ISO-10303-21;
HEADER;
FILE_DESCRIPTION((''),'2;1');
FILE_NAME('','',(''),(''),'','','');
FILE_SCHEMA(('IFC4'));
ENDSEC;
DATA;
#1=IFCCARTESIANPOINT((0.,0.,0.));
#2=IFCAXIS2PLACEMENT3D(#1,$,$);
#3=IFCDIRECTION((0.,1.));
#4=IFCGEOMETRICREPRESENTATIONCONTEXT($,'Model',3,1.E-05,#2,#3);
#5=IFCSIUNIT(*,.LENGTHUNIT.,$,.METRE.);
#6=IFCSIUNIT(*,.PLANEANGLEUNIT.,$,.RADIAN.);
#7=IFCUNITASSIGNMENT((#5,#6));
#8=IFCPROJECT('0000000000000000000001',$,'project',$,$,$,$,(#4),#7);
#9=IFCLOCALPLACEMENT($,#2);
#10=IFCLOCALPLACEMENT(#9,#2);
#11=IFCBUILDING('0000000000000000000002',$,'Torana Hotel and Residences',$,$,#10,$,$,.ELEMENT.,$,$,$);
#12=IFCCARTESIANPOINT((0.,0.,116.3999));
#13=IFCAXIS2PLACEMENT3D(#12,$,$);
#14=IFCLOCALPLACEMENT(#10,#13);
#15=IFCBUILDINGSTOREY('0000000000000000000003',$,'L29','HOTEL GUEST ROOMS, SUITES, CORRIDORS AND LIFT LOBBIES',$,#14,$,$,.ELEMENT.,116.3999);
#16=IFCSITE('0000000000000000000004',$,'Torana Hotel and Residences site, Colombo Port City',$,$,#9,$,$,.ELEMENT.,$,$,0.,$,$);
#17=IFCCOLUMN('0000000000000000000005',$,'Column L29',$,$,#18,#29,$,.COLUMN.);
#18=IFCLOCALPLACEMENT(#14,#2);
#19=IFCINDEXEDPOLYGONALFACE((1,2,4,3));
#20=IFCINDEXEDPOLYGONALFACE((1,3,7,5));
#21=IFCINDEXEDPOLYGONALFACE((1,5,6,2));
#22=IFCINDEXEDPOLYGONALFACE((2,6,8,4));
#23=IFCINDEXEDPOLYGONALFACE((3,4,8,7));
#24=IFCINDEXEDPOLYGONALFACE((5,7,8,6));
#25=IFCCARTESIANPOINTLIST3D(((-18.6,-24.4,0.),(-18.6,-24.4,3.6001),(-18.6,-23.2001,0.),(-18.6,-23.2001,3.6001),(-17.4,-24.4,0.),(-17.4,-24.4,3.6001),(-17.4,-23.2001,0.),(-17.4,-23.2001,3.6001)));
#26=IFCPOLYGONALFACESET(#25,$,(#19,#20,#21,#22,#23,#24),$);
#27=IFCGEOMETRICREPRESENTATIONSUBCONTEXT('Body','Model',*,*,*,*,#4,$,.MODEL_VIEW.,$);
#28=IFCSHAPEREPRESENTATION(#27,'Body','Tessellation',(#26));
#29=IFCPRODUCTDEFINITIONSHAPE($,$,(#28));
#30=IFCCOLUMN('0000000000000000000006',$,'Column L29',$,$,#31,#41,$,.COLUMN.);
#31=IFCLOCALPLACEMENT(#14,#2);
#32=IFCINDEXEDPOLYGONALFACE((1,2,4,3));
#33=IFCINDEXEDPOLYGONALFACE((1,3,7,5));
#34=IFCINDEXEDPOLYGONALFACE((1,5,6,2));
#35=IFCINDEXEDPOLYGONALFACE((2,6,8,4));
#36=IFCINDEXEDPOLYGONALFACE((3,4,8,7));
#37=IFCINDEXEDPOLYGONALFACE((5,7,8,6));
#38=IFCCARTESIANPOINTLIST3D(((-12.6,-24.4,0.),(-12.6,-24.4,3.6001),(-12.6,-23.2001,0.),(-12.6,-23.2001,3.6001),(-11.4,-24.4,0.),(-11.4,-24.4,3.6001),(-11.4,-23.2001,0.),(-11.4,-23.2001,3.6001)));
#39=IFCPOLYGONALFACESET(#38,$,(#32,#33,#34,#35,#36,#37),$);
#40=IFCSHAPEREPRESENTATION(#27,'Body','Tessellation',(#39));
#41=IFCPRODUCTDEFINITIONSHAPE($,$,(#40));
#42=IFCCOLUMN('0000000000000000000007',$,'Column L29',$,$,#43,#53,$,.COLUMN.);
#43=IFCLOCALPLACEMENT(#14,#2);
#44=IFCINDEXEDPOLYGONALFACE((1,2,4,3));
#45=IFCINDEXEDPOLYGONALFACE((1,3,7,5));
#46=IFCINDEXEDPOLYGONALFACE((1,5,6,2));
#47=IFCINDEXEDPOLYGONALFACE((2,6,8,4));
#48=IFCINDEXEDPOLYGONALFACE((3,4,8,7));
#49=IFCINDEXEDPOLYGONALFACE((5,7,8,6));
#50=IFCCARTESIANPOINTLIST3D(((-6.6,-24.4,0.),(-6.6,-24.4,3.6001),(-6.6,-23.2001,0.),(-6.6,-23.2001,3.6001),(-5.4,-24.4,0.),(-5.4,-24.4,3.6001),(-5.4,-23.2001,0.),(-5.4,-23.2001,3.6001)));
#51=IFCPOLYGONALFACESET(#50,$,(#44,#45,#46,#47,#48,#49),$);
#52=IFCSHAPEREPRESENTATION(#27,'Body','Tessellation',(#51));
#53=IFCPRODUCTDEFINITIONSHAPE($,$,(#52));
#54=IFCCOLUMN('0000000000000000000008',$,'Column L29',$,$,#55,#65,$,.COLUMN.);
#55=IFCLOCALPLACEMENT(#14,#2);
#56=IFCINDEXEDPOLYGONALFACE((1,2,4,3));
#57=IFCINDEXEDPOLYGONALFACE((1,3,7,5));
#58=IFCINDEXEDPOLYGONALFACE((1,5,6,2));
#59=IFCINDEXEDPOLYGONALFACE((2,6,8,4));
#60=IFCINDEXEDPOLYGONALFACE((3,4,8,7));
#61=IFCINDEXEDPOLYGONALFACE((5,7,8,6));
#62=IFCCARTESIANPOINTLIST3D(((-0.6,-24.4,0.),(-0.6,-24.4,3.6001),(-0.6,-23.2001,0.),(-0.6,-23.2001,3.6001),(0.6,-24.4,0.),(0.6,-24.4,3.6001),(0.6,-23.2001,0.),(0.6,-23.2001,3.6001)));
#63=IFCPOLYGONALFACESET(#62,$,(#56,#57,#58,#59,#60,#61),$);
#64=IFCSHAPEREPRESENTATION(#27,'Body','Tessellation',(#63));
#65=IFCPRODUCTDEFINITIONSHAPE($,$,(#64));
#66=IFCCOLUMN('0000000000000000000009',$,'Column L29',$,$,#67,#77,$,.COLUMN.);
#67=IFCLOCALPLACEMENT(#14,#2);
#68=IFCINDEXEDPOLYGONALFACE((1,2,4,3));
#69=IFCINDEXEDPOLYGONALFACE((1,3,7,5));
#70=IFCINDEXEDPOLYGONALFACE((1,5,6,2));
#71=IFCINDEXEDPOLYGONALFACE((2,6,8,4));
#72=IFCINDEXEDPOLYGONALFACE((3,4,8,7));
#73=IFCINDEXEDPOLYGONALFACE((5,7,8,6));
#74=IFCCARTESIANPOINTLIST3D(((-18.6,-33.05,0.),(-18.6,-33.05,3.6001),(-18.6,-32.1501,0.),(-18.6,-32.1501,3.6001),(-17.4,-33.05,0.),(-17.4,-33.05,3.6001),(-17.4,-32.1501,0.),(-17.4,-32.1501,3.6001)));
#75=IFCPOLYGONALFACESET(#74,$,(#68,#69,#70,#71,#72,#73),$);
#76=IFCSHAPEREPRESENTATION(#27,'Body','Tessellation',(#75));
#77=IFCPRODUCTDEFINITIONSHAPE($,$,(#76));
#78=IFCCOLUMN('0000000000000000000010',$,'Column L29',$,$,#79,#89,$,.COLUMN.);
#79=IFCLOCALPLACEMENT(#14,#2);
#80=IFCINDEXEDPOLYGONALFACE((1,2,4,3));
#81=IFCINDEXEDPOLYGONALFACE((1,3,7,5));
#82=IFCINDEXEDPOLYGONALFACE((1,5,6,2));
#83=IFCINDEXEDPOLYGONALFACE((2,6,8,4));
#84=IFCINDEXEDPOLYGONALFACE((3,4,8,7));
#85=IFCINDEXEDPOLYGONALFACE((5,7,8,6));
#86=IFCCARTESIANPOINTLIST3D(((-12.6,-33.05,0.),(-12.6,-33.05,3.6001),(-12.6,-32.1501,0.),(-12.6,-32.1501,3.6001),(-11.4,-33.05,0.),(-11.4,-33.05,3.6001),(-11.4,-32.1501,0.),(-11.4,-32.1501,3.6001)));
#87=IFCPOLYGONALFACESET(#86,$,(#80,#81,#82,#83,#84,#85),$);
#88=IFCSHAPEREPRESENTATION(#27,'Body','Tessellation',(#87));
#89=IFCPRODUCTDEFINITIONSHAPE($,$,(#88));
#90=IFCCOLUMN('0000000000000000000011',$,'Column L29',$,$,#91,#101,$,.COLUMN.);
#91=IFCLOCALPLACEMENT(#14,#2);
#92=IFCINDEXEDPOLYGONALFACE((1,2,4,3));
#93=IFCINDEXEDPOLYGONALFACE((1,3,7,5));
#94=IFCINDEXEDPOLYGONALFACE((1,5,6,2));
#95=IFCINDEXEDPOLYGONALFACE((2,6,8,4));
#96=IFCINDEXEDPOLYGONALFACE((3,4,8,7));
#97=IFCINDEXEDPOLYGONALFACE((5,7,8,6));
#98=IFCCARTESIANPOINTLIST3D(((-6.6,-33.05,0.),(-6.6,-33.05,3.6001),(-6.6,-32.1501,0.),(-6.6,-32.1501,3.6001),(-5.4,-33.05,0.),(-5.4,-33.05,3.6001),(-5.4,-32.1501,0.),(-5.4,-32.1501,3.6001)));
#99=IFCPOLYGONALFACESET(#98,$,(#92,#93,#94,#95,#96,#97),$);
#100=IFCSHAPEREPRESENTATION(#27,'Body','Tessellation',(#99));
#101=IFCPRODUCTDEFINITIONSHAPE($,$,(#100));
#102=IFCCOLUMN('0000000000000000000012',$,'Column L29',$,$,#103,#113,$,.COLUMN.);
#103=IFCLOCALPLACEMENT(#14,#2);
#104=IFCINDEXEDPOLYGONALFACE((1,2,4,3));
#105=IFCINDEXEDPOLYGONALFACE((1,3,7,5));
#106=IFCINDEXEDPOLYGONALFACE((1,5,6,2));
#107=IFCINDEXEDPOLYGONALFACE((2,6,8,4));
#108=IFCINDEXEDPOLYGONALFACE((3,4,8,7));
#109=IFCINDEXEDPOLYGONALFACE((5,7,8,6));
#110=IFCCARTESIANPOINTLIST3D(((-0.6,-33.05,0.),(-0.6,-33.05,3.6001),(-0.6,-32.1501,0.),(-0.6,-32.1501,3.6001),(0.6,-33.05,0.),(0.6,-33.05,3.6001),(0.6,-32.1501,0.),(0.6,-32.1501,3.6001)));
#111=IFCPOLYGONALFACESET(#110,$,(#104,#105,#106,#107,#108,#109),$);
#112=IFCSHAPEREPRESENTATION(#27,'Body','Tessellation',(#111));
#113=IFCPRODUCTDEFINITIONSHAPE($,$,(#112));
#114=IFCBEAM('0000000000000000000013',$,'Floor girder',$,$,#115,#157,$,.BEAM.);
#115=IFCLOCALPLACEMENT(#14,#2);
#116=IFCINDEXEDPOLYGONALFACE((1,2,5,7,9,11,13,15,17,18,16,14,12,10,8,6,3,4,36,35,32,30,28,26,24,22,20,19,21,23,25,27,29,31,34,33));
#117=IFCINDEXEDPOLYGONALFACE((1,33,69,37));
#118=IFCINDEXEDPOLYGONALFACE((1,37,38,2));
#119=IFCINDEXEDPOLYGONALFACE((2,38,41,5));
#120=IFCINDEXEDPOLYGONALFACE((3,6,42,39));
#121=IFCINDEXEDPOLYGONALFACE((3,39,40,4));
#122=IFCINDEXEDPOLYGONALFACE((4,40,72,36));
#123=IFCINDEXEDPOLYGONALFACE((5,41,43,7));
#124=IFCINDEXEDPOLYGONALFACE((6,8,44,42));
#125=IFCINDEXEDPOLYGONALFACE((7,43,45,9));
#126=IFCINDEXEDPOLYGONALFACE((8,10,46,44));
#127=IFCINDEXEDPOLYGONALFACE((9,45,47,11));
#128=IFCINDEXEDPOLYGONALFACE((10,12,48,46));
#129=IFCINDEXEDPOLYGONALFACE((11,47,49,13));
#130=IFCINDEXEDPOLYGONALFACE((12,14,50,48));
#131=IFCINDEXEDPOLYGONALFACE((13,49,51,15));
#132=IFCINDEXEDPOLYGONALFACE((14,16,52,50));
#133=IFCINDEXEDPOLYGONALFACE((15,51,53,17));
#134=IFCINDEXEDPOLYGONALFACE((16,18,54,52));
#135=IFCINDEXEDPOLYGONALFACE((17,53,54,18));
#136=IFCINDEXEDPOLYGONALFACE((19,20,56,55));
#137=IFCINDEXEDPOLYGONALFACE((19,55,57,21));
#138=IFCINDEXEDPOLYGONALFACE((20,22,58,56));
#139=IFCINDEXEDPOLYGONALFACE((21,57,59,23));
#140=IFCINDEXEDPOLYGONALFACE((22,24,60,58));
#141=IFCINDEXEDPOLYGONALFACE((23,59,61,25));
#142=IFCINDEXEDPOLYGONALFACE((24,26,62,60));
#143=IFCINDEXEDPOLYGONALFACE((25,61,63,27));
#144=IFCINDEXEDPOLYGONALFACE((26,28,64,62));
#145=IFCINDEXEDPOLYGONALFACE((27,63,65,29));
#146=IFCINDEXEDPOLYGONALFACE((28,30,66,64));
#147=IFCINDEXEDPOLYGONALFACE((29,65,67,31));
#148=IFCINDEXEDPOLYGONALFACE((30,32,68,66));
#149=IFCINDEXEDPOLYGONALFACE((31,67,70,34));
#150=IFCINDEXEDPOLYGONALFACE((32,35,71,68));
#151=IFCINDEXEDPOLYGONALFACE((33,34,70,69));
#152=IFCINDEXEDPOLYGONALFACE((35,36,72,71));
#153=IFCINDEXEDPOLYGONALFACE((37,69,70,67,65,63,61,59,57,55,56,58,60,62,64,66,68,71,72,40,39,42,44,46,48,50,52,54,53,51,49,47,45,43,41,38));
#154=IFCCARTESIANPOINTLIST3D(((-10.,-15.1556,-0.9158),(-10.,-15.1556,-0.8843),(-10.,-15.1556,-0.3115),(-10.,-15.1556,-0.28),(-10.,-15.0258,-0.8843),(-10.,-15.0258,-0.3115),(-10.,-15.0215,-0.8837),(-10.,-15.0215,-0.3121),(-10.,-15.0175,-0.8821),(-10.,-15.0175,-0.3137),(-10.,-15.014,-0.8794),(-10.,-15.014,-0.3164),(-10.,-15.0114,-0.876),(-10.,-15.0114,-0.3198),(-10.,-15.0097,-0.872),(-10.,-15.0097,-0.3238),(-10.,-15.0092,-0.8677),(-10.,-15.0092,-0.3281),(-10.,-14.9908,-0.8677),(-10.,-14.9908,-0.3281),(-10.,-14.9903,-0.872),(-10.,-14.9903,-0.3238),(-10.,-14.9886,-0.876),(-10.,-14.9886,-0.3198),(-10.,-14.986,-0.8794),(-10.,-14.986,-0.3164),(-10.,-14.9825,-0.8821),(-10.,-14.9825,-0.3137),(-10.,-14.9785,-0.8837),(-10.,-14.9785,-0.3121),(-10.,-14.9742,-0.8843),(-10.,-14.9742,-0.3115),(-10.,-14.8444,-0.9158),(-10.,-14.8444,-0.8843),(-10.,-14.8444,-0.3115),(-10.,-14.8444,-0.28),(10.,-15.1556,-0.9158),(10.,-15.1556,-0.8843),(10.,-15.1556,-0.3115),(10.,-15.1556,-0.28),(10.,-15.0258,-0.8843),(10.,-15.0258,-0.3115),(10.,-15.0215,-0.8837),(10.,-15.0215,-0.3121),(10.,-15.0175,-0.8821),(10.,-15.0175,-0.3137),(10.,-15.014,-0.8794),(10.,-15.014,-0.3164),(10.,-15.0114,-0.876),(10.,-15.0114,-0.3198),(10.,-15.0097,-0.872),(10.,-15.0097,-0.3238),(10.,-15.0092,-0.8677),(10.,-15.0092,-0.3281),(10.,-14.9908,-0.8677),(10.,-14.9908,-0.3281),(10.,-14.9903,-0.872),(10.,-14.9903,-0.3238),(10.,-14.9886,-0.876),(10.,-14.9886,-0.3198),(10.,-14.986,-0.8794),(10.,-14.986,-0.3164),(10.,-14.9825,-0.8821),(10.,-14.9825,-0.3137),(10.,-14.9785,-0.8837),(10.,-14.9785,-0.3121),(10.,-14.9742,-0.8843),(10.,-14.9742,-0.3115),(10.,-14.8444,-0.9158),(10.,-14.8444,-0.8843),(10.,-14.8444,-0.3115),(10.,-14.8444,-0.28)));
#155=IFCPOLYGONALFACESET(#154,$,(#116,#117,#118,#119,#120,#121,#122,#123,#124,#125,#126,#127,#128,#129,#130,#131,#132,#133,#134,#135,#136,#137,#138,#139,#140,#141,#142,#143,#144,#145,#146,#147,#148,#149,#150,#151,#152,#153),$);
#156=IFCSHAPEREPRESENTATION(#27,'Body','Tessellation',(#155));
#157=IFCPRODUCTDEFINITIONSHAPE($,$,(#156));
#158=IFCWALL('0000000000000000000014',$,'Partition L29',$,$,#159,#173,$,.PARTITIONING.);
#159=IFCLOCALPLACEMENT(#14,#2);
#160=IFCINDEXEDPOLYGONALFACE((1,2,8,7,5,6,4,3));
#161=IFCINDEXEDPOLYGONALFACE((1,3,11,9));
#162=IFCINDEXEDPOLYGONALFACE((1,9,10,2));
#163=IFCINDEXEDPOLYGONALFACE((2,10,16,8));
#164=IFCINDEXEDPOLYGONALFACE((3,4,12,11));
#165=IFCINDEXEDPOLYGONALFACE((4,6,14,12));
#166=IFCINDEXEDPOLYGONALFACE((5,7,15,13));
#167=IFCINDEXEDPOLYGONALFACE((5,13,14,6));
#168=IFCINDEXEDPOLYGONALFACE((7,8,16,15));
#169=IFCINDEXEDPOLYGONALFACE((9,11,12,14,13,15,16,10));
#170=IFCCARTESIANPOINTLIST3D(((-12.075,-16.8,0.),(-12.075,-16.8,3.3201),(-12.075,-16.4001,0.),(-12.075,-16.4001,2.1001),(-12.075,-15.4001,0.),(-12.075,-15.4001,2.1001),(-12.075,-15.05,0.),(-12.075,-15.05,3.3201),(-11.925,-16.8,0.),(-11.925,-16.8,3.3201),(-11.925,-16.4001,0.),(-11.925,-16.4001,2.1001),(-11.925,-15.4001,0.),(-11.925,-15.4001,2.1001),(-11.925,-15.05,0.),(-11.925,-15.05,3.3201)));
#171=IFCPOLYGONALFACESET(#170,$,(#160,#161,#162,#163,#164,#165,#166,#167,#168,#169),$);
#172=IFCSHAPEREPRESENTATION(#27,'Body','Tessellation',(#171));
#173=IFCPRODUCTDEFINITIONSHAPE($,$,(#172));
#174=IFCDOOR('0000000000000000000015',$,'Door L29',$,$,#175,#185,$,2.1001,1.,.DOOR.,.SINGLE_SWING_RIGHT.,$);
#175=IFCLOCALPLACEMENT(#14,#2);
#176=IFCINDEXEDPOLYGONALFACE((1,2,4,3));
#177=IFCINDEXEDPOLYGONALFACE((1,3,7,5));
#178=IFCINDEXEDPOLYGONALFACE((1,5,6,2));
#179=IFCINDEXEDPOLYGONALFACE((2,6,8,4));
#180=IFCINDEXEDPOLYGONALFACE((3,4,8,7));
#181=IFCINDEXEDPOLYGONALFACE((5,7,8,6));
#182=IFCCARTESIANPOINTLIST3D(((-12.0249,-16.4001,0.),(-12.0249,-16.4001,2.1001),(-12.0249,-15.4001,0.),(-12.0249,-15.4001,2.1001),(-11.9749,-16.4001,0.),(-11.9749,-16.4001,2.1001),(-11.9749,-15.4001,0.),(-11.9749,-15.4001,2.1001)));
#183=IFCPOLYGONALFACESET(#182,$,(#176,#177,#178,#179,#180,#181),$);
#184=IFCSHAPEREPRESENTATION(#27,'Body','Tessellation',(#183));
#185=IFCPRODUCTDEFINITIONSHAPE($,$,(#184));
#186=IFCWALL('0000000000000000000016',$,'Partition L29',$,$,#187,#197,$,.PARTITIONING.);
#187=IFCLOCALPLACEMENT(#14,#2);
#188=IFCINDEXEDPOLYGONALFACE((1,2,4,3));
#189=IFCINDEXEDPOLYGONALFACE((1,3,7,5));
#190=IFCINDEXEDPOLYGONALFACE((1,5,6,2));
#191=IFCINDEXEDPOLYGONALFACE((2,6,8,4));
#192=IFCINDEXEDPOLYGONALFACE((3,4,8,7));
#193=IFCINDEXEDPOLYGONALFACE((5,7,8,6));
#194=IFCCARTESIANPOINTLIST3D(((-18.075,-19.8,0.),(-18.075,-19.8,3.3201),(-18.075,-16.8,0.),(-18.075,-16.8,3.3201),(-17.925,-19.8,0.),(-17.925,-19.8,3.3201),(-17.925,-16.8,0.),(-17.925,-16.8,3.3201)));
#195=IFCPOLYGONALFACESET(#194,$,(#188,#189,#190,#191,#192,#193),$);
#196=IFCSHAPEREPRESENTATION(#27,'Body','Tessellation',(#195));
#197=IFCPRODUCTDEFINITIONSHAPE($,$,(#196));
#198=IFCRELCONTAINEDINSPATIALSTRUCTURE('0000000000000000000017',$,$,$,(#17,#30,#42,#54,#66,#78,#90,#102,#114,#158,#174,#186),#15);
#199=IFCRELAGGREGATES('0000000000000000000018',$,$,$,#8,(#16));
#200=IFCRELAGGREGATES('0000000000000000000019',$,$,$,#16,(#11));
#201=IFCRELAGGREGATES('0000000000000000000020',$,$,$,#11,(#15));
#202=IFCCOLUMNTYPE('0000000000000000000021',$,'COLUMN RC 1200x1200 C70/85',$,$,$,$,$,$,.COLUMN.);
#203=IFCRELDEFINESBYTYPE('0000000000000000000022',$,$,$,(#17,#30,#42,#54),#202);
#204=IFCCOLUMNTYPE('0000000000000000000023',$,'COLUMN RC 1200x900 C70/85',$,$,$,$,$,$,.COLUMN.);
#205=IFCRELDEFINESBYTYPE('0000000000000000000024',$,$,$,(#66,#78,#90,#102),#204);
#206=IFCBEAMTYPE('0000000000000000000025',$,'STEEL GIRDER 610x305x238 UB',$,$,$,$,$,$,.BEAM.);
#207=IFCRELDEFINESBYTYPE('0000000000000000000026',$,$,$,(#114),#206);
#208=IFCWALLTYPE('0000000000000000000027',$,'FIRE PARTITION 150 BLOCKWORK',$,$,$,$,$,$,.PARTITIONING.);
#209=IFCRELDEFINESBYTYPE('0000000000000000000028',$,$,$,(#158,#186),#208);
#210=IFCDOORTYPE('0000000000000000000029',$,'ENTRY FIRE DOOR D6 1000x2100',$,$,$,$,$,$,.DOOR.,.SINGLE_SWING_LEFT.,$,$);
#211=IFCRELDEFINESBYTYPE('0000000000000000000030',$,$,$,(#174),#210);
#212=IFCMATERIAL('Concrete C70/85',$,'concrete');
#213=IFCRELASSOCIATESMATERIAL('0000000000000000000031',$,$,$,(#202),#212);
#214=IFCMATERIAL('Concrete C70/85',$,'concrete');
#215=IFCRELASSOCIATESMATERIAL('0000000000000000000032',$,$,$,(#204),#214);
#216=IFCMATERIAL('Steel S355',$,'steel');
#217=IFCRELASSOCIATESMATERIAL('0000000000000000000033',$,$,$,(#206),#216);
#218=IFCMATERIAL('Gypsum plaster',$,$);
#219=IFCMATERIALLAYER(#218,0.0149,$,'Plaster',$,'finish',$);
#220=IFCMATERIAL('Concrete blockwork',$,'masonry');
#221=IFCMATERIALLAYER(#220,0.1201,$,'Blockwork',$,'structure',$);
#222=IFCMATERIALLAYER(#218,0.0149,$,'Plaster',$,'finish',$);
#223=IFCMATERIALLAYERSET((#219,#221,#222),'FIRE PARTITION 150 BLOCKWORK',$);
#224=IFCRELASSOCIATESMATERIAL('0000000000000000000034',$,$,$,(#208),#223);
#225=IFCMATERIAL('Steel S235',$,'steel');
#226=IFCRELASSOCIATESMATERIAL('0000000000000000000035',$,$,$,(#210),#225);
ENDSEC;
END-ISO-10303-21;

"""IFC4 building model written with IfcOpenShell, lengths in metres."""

from ifc_helpers import new_model, si_unit, direction, frame, frame_2d, origin, origin_2d, place, context, subcontext, project, spatial, rectangle, i_section, extrude, material, layer, layer_set, material_profile, profile_set, type_object, element, fill, save


model = new_model("IFC4")

# Units and contexts
model_context = context("Model", 3, precision=1e-05, world=origin(), true_north=direction((0.0, 1.0)))
body_context = subcontext(model_context, "Body", "Model", "MODEL_VIEW")
ifc_project = project(units=[si_unit("LENGTHUNIT", "METRE"), si_unit("PLANEANGLEUNIT", "RADIAN")], contexts=[model_context])

# Site, building, storey
site_placement = place(None, origin())
site = spatial("IfcSite", under=ifc_project, at=site_placement, Name="Torana Hotel and Residences site, Colombo Port City", CompositionType="ELEMENT", RefElevation=0.0)
building_placement = place(site_placement, origin())
building = spatial("IfcBuilding", under=site, at=building_placement, Name="Torana Hotel and Residences", CompositionType="ELEMENT")
storey_placement = place(building_placement, frame((0.0, 0.0, 116.3999)))
storey = spatial("IfcBuildingStorey", under=building, at=storey_placement, Name="L29", Description="HOTEL GUEST ROOMS, SUITES, CORRIDORS AND LIFT LOBBIES", CompositionType="ELEMENT", Elevation=116.3999)

# Columns
ifc_material_1 = material(Name="Concrete C70/85", Category="concrete")
ifc_material_profile_1 = material_profile(ifc_material_1, rectangle(XDim=1.2, YDim=1.2, at=origin_2d()), Name="RC 1200x1200")
ifc_profile_set_1 = profile_set([ifc_material_profile_1], Name="Concrete C70/85")
column_type_1 = type_object("IfcColumnType", Name="COLUMN RC 1200x1200 C70/85", PredefinedType="COLUMN", material=ifc_profile_set_1)
for number, where, z_axis, x_axis, name in (
    (1, (-18.0, -23.8, 0.0), (0.0, 0.0, 1.0), (1.0, 0.0, 0.0), "Column L29"),
    (2, (-12.0, -23.8, 0.0), (0.0, 0.0, 1.0), (1.0, 0.0, 0.0), "Column L29"),
    (3, (-6.0, -23.8, 0.0), (0.0, 0.0, 1.0), (1.0, 0.0, 0.0), "Column L29"),
    (4, (0.0, -23.8, 0.0), (0.0, 0.0, 1.0), (1.0, 0.0, 0.0), "Column L29"),
):
    element("IfcColumn", number, at=place(storey_placement, frame(where, z_axis=z_axis, x_axis=x_axis)), inside=storey, type_object=column_type_1, Name=name, PredefinedType="COLUMN", context=body_context, shape_type="SweptSolid", body=[
        extrude(rectangle(XDim=1.2, YDim=1.2, at=origin_2d()), origin(), (0.0, 0.0, 1.0), 3.6001),
    ])
ifc_material_2 = material(Name="Concrete C70/85", Category="concrete")
ifc_material_profile_2 = material_profile(ifc_material_2, rectangle(XDim=1.2, YDim=0.8999, at=origin_2d()), Name="RC 1200x900")
ifc_profile_set_2 = profile_set([ifc_material_profile_2], Name="Concrete C70/85")
column_type_2 = type_object("IfcColumnType", Name="COLUMN RC 1200x900 C70/85", PredefinedType="COLUMN", material=ifc_profile_set_2)
for number, where, z_axis, x_axis, name in (
    (5, (-18.0, -32.6001, 0.0), (0.0, 0.0, 1.0), (1.0, 0.0, 0.0), "Column L29"),
    (6, (-12.0, -32.6001, 0.0), (0.0, 0.0, 1.0), (1.0, 0.0, 0.0), "Column L29"),
    (7, (-6.0, -32.6001, 0.0), (0.0, 0.0, 1.0), (1.0, 0.0, 0.0), "Column L29"),
    (8, (0.0, -32.6001, 0.0), (0.0, 0.0, 1.0), (1.0, 0.0, 0.0), "Column L29"),
):
    element("IfcColumn", number, at=place(storey_placement, frame(where, z_axis=z_axis, x_axis=x_axis)), inside=storey, type_object=column_type_2, Name=name, PredefinedType="COLUMN", context=body_context, shape_type="SweptSolid", body=[
        extrude(rectangle(XDim=1.2, YDim=0.8999, at=origin_2d()), origin(), (0.0, 0.0, 1.0), 3.6001),
    ])

# Beam
ifc_material_3 = material(Name="Steel S355", Category="steel")
ifc_material_profile_3 = material_profile(ifc_material_3, i_section(OverallWidth=0.3113, OverallDepth=0.6357, WebThickness=0.0183, FlangeThickness=0.0315, FilletRadius=0.0166, at=origin_2d()), Name="610x305x238 UB")
ifc_profile_set_3 = profile_set([ifc_material_profile_3], Name="Steel S355")
beam_type = type_object("IfcBeamType", Name="STEEL GIRDER 610x305x238 UB", PredefinedType="BEAM", material=ifc_profile_set_3)
beam_placement = place(storey_placement, frame((-10.0, -15.0, -0.5979), z_axis=(1.0, 0.0, 0.0), x_axis=(0.0, 1.0, 0.0)))
element("IfcBeam", 9, at=beam_placement, inside=storey, type_object=beam_type, Name="Floor girder", PredefinedType="BEAM", context=body_context, shape_type="SweptSolid", body=[
    extrude(i_section(OverallWidth=0.3113, OverallDepth=0.6357, WebThickness=0.0183, FlangeThickness=0.0315, FilletRadius=0.0166, at=origin_2d()), origin(), (0.0, 0.0, 1.0), 20.0),
])

# Wall, opening, door
ifc_material_4 = material(Name="Gypsum plaster")
ifc_layer_1 = layer(ifc_material_4, 0.0149, Name="Plaster", Category="finish")
ifc_material_5 = material(Name="Concrete blockwork", Category="masonry")
ifc_layer_2 = layer(ifc_material_5, 0.1201, Name="Blockwork", Category="structure")
ifc_layer_3 = layer(ifc_material_4, 0.0149, Name="Plaster", Category="finish")
ifc_layer_set_1 = layer_set([ifc_layer_1, ifc_layer_2, ifc_layer_3], Name="FIRE PARTITION 150 BLOCKWORK")
wall_type_1 = type_object("IfcWallType", Name="FIRE PARTITION 150 BLOCKWORK", PredefinedType="PARTITIONING", material=ifc_layer_set_1)
wall_1_placement = place(storey_placement, frame((-12.0, -16.8, 0.0), z_axis=(0.0, 0.0, 1.0), x_axis=(0.0, 1.0, 0.0)))
wall_1 = element("IfcWall", 10, at=wall_1_placement, inside=storey, type_object=wall_type_1, Name="Partition L29", PredefinedType="PARTITIONING", context=body_context, shape_type="SweptSolid", body=[
    extrude(rectangle(XDim=1.75, YDim=0.1499, at=frame_2d((0.875, 0.0))), origin(), (0.0, 0.0, 1.0), 3.3201),
])
opening_1_placement = place(wall_1_placement, frame((0.3999, 0.0, 0.0)))
opening_1 = element("IfcOpeningElement", 11, at=opening_1_placement, cuts=wall_1, PredefinedType="OPENING", context=body_context, shape_type="SweptSolid", body=[
    extrude(rectangle(XDim=1.0, YDim=2.1001, at=frame_2d((0.5, 1.05))), frame((0.0, 0.085, 0.0), z_axis=(0.0, -1.0, 0.0), x_axis=(1.0, 0.0, 0.0)), (0.0, 0.0, 1.0), 0.1699),
])
ifc_material_6 = material(Name="Steel S235", Category="steel")
door_type_1 = type_object("IfcDoorType", Name="ENTRY FIRE DOOR D6 1000x2100", OperationType="SINGLE_SWING_LEFT", PredefinedType="DOOR", material=ifc_material_6)
door_1_placement = place(opening_1_placement, origin())
door_1 = element("IfcDoor", 12, at=door_1_placement, inside=storey, type_object=door_type_1, Name="Door L29", OperationType="SINGLE_SWING_RIGHT", OverallHeight=2.1001, OverallWidth=1.0, PredefinedType="DOOR", context=body_context, shape_type="SweptSolid", body=[
    extrude(rectangle(XDim=1.0, YDim=2.1001, at=frame_2d((0.5, 1.05))), frame((0.0, 0.0249, 0.0), z_axis=(0.0, -1.0, 0.0), x_axis=(1.0, 0.0, 0.0)), (0.0, 0.0, 1.0), 0.05),
])
fill(opening_1, door_1)

# Wall
wall_2_placement = place(storey_placement, frame((-18.0, -19.8, 0.0), z_axis=(0.0, 0.0, 1.0), x_axis=(0.0, 1.0, 0.0)))
element("IfcWall", 13, at=wall_2_placement, inside=storey, type_object=wall_type_1, Name="Partition L29", PredefinedType="PARTITIONING", context=body_context, shape_type="SweptSolid", body=[
    extrude(rectangle(XDim=3.0, YDim=0.1499, at=frame_2d((1.5, 0.0))), origin(), (0.0, 0.0, 1.0), 3.3201),
])

save(model, "model.ifc")
